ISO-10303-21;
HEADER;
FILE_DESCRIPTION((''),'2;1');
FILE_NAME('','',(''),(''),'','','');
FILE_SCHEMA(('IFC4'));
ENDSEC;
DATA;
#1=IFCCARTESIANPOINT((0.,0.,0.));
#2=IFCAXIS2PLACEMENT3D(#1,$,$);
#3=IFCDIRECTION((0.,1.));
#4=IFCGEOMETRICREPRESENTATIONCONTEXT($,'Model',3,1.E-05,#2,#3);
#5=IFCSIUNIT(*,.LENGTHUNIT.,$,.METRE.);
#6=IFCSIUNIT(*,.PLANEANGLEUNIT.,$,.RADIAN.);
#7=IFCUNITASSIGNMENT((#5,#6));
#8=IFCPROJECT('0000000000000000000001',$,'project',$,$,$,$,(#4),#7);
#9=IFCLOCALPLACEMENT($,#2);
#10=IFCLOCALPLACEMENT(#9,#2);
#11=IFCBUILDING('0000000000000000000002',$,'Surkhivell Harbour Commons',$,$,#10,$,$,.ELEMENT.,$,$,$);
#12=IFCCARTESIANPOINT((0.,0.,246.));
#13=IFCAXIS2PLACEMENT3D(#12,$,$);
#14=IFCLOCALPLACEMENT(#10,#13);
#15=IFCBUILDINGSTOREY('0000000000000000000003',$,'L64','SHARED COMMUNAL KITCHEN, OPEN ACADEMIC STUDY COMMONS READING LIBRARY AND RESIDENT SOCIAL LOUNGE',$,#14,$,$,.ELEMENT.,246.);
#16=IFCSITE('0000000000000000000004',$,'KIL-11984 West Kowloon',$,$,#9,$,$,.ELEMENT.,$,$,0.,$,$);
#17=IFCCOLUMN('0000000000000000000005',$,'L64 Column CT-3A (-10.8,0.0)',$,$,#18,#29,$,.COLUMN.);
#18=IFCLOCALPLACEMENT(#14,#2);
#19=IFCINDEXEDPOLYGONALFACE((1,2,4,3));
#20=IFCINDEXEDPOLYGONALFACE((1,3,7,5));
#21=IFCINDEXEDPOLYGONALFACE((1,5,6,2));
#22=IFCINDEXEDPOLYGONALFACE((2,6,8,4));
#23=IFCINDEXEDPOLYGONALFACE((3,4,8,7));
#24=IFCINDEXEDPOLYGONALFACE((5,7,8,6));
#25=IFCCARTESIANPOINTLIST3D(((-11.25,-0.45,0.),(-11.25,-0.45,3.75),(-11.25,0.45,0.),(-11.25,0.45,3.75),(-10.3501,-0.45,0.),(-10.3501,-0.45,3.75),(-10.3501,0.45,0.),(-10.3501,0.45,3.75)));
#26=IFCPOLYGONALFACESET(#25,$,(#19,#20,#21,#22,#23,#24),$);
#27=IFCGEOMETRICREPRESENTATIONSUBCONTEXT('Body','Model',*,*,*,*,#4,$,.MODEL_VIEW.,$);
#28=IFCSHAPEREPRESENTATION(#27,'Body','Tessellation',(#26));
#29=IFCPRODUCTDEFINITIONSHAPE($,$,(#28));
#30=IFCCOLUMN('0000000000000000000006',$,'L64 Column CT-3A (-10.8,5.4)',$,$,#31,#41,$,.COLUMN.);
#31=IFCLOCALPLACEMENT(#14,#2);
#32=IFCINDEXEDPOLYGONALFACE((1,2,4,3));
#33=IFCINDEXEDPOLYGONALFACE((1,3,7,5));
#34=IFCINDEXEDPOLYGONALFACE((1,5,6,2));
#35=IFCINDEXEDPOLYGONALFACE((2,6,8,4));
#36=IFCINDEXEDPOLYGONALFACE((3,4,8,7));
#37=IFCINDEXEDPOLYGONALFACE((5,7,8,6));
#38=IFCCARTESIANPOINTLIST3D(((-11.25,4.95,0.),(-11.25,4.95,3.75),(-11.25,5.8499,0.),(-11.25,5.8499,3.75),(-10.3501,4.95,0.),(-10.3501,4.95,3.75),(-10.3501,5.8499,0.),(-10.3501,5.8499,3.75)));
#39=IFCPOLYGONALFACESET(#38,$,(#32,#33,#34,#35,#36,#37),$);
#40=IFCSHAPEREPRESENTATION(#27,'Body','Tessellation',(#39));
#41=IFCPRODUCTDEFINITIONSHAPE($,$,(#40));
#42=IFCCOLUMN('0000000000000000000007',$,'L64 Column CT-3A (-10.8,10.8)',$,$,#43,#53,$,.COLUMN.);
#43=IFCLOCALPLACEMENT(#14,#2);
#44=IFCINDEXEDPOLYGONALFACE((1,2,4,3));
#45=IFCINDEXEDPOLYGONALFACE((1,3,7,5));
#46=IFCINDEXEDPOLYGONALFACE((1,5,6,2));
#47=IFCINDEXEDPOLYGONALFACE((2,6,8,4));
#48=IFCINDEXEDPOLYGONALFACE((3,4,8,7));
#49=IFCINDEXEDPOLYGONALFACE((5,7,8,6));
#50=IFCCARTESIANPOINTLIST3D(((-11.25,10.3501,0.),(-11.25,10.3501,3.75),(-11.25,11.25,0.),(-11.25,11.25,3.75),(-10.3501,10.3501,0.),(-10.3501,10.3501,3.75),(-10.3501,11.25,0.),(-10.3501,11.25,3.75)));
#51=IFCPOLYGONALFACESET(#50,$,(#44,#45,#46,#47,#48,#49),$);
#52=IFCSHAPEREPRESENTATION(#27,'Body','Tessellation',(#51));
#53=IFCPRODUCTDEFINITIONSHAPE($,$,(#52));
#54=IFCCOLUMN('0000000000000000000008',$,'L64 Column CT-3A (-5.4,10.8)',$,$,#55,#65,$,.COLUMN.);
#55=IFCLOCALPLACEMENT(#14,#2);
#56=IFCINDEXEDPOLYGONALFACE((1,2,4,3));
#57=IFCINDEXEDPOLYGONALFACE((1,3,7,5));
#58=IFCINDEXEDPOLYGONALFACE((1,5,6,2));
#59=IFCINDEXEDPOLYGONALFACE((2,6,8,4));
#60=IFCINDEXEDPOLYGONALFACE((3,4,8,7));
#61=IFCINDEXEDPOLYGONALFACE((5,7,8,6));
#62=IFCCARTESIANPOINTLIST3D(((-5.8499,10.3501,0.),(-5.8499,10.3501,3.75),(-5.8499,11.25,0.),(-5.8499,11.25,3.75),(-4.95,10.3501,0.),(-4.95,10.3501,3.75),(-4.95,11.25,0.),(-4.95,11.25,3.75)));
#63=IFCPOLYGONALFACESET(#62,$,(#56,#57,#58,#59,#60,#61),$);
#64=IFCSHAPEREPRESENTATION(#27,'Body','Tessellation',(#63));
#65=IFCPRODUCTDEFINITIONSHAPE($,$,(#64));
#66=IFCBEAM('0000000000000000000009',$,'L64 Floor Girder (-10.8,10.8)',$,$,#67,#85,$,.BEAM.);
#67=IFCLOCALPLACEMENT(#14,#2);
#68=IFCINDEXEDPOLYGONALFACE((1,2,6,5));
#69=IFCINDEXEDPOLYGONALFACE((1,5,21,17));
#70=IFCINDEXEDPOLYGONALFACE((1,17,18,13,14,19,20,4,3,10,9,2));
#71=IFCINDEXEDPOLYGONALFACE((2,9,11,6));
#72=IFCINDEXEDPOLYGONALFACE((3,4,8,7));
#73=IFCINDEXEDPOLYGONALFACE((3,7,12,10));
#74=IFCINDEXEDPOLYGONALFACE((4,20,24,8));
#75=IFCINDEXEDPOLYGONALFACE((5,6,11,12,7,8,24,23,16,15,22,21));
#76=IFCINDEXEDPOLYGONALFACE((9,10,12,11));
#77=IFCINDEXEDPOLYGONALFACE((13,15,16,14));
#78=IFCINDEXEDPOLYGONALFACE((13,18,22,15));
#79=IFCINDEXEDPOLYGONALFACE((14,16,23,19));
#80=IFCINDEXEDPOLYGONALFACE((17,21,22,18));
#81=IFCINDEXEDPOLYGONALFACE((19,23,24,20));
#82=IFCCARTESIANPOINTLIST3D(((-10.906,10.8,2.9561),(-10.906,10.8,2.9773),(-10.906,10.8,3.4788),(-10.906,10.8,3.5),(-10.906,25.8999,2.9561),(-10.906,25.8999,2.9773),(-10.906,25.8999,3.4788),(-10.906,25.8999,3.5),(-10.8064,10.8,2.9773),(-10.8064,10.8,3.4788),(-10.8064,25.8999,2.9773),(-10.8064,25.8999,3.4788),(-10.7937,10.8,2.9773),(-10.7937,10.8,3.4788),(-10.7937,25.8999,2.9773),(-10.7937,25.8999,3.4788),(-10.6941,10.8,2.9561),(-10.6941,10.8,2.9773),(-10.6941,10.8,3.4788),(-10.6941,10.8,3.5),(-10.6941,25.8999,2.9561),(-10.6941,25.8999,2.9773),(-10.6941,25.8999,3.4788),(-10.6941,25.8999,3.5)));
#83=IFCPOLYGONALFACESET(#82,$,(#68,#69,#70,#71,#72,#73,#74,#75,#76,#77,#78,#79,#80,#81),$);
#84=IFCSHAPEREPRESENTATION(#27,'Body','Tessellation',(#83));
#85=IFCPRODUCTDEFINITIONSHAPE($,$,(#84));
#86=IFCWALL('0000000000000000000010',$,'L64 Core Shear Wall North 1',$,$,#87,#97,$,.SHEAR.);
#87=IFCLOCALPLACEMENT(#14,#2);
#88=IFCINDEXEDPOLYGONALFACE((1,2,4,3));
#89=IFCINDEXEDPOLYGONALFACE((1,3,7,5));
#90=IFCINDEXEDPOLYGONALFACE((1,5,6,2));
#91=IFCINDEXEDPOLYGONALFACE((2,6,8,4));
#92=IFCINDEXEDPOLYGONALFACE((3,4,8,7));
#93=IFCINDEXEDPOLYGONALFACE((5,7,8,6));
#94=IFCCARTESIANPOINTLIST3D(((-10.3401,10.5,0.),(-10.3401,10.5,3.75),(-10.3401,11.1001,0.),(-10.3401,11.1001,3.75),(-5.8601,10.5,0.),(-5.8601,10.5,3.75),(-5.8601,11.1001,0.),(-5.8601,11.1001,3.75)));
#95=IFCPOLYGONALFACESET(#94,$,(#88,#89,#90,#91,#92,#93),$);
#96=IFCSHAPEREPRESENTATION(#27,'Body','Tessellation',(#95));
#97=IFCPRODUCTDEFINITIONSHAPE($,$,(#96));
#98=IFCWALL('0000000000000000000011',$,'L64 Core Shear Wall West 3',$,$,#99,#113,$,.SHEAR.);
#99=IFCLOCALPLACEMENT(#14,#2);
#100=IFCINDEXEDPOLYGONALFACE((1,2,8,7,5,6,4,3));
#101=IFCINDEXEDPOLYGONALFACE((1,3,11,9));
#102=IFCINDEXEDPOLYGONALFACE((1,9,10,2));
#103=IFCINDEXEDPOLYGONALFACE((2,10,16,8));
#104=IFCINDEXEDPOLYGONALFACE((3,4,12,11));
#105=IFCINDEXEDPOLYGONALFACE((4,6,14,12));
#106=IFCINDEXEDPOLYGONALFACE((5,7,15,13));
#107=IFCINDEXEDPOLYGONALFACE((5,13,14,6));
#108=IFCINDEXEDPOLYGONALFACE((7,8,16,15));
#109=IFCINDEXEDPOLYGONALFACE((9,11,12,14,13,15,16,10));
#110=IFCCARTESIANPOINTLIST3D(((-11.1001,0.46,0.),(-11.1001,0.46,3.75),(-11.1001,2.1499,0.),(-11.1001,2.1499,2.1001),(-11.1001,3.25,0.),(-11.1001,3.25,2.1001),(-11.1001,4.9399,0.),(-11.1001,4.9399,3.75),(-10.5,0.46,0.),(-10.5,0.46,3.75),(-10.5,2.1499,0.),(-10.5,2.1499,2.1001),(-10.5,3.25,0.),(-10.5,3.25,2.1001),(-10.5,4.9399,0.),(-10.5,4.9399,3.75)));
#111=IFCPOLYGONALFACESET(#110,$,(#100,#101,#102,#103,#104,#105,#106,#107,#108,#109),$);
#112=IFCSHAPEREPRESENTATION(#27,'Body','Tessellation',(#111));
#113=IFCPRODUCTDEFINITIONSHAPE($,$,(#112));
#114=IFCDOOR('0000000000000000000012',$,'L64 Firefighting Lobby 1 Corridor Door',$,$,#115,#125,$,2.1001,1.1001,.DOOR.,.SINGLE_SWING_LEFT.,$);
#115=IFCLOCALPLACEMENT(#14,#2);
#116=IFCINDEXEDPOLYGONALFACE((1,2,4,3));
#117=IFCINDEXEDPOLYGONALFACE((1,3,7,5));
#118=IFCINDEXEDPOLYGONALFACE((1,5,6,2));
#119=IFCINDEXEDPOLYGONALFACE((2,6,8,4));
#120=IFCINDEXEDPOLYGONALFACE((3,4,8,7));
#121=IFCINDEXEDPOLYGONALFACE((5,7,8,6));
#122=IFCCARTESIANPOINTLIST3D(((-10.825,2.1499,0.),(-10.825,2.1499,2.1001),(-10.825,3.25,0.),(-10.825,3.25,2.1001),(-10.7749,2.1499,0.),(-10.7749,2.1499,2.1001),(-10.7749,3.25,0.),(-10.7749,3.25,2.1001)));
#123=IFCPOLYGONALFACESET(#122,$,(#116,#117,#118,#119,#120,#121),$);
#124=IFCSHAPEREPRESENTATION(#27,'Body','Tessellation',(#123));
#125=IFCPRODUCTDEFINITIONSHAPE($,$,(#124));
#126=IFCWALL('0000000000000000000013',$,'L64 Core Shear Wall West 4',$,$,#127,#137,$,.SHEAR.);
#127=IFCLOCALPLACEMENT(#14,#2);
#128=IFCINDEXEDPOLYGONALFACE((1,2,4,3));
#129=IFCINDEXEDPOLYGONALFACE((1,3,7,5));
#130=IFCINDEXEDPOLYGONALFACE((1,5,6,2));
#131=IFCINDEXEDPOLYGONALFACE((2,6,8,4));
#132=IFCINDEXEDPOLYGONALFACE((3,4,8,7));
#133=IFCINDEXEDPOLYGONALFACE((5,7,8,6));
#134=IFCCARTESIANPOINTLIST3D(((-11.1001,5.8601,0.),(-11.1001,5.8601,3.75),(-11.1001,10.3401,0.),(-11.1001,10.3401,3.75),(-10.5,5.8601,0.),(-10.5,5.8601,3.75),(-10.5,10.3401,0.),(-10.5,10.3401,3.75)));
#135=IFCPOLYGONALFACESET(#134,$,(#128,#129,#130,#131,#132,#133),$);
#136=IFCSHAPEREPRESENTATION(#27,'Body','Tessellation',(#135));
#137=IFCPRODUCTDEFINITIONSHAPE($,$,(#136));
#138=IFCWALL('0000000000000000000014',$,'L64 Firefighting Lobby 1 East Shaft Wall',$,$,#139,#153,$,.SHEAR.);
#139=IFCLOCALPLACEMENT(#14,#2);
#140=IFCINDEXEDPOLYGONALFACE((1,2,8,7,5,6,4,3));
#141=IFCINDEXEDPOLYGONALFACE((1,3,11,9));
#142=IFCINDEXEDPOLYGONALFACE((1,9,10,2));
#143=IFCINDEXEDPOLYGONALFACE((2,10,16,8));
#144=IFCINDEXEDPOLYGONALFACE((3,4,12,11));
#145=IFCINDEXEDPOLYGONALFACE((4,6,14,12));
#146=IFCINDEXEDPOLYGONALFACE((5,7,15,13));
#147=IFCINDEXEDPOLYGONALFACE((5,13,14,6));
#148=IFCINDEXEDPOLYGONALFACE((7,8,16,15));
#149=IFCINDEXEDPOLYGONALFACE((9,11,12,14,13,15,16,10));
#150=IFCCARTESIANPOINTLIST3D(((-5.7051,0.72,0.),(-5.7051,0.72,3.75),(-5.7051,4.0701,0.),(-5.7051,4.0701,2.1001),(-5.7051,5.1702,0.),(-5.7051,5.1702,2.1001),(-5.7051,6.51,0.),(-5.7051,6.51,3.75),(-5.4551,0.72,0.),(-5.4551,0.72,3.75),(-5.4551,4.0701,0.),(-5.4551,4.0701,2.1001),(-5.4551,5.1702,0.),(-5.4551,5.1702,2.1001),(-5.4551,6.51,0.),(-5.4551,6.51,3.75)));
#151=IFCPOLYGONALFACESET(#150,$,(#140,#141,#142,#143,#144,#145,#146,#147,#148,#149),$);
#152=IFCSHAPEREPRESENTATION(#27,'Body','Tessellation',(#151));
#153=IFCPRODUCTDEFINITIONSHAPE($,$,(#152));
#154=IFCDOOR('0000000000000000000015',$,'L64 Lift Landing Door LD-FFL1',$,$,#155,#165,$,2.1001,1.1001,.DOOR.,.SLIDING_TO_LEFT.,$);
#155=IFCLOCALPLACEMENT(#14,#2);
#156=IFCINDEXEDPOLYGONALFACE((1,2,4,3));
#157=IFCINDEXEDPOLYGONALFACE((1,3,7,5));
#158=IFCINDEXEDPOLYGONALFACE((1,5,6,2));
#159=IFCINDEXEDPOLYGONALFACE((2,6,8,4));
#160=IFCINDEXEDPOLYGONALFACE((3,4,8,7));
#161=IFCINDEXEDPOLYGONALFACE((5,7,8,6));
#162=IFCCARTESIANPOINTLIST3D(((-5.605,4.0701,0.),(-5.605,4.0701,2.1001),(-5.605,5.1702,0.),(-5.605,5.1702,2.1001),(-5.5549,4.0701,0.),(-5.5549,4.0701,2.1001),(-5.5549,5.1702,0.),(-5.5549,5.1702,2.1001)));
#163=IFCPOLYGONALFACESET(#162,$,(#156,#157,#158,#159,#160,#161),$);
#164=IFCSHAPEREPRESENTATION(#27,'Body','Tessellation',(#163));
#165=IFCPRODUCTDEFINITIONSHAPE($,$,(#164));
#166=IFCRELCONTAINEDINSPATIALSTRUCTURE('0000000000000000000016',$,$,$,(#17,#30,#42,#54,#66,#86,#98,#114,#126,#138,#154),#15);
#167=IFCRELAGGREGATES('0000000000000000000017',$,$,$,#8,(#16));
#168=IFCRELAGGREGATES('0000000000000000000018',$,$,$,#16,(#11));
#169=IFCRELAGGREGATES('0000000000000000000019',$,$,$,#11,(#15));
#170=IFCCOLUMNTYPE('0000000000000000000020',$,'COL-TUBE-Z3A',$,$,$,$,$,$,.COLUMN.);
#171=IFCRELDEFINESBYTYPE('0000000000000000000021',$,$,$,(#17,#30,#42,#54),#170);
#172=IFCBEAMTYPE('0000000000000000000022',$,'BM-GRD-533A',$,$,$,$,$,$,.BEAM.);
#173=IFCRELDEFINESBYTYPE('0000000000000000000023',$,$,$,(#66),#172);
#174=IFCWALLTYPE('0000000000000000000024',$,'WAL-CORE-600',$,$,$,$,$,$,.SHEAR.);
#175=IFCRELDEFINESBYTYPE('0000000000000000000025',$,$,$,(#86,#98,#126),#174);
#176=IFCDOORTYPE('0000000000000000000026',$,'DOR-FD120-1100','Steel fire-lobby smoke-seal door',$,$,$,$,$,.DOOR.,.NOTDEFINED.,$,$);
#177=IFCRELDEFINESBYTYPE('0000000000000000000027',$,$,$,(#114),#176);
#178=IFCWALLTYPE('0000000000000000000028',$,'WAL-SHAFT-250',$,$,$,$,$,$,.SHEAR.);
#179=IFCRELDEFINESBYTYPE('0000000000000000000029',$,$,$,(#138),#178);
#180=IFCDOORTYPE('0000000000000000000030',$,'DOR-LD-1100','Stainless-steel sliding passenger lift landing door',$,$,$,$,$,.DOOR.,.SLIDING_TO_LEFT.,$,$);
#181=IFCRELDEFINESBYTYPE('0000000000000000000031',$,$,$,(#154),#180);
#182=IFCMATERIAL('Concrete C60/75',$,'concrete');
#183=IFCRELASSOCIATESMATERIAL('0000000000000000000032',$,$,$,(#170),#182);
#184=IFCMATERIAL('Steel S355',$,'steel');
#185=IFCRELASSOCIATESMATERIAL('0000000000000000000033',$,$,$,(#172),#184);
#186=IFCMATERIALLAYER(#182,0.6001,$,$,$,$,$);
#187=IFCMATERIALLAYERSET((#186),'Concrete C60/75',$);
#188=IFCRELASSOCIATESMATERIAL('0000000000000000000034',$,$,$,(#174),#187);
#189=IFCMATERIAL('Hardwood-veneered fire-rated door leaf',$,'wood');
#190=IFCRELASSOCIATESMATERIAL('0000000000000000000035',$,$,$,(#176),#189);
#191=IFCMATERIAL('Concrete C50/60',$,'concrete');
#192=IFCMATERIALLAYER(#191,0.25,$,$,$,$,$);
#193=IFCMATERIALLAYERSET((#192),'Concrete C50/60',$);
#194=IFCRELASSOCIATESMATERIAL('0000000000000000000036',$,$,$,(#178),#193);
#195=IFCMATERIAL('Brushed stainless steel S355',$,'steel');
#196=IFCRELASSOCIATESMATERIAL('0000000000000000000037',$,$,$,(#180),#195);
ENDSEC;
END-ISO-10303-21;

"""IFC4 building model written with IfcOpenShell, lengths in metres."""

from ifc_helpers import new_model, si_unit, direction, frame, frame_2d, origin, origin_2d, place, context, subcontext, project, spatial, rectangle, i_section, extrude, material, layer, layer_set, material_profile, profile_set, type_object, element, fill, save


model = new_model("IFC4")

# Units and contexts
model_context = context("Model", 3, precision=1e-05, world=origin(), true_north=direction((0.0, 1.0)))
body_context = subcontext(model_context, "Body", "Model", "MODEL_VIEW")
ifc_project = project(units=[si_unit("LENGTHUNIT", "METRE"), si_unit("PLANEANGLEUNIT", "RADIAN")], contexts=[model_context])

# Site, building, storey
site_placement = place(None, origin())
site = spatial("IfcSite", under=ifc_project, at=site_placement, Name="KIL-11984 West Kowloon", CompositionType="ELEMENT", RefElevation=0.0)
building_placement = place(site_placement, origin())
building = spatial("IfcBuilding", under=site, at=building_placement, Name="Surkhivell Harbour Commons", CompositionType="ELEMENT")
storey_placement = place(building_placement, frame((0.0, 0.0, 246.0)))
storey = spatial("IfcBuildingStorey", under=building, at=storey_placement, Name="L64", Description="SHARED COMMUNAL KITCHEN, OPEN ACADEMIC STUDY COMMONS READING LIBRARY AND RESIDENT SOCIAL LOUNGE", CompositionType="ELEMENT", Elevation=246.0)

# Columns
ifc_material_1 = material(Name="Concrete C60/75", Category="concrete")
ifc_material_profile_1 = material_profile(ifc_material_1, rectangle(XDim=0.8999, YDim=0.8999, at=origin_2d()), Name="RC-COL-900x900")
ifc_profile_set_1 = profile_set([ifc_material_profile_1], Name="Concrete C60/75")
column_type = type_object("IfcColumnType", Name="COL-TUBE-Z3A", PredefinedType="COLUMN", material=ifc_profile_set_1)
for number, where, z_axis, x_axis, name in (
    (1, (-10.8, 0.0, 0.0), (0.0, 0.0, 1.0), (1.0, 0.0, 0.0), "L64 Column CT-3A (-10.8,0.0)"),
    (2, (-10.8, 5.3999, 0.0), (0.0, 0.0, 1.0), (1.0, 0.0, 0.0), "L64 Column CT-3A (-10.8,5.4)"),
    (3, (-10.8, 10.8, 0.0), (0.0, 0.0, 1.0), (1.0, 0.0, 0.0), "L64 Column CT-3A (-10.8,10.8)"),
    (4, (-5.3999, 10.8, 0.0), (0.0, 0.0, 1.0), (1.0, 0.0, 0.0), "L64 Column CT-3A (-5.4,10.8)"),
):
    element("IfcColumn", number, at=place(storey_placement, frame(where, z_axis=z_axis, x_axis=x_axis)), inside=storey, type_object=column_type, Name=name, PredefinedType="COLUMN", context=body_context, shape_type="SweptSolid", body=[
        extrude(rectangle(XDim=0.8999, YDim=0.8999, at=origin_2d()), origin(), (0.0, 0.0, 1.0), 3.75),
    ])

# Beam
ifc_material_2 = material(Name="Steel S355", Category="steel")
ifc_material_profile_2 = material_profile(ifc_material_2, i_section(OverallWidth=0.2119, OverallDepth=0.5439, WebThickness=0.0127, FlangeThickness=0.0212, at=origin_2d()), Name="UB533x210x122")
ifc_profile_set_2 = profile_set([ifc_material_profile_2], Name="Steel S355")
beam_type = type_object("IfcBeamType", Name="BM-GRD-533A", PredefinedType="BEAM", material=ifc_profile_set_2)
beam_placement = place(storey_placement, frame((-10.8, 10.8, 3.228), z_axis=(0.0, 1.0, 0.0), x_axis=(-1.0, 0.0, 0.0)))
element("IfcBeam", 5, at=beam_placement, inside=storey, type_object=beam_type, Name="L64 Floor Girder (-10.8,10.8)", PredefinedType="BEAM", context=body_context, shape_type="SweptSolid", body=[
    extrude(i_section(OverallWidth=0.2119, OverallDepth=0.5439, WebThickness=0.0127, FlangeThickness=0.0212, at=origin_2d()), origin(), (0.0, 0.0, 1.0), 15.0999),
])

# Wall
ifc_layer_1 = layer(ifc_material_1, 0.6001)
ifc_layer_set_1 = layer_set([ifc_layer_1], Name="Concrete C60/75")
wall_type_1 = type_object("IfcWallType", Name="WAL-CORE-600", PredefinedType="SHEAR", material=ifc_layer_set_1)
wall_1_placement = place(storey_placement, frame((-10.3401, 10.8, 0.0), z_axis=(0.0, 0.0, 1.0), x_axis=(1.0, 0.0, 0.0)))
element("IfcWall", 6, at=wall_1_placement, inside=storey, type_object=wall_type_1, Name="L64 Core Shear Wall North 1", PredefinedType="SHEAR", context=body_context, shape_type="SweptSolid", body=[
    extrude(rectangle(XDim=4.48, YDim=0.6001, at=frame_2d((2.24, 0.0))), origin(), (0.0, 0.0, 1.0), 3.75),
])

# Wall, opening, door
wall_2_placement = place(storey_placement, frame((-10.8, 0.46, 0.0), z_axis=(0.0, 0.0, 1.0), x_axis=(0.0, 1.0, 0.0)))
wall_2 = element("IfcWall", 7, at=wall_2_placement, inside=storey, type_object=wall_type_1, Name="L64 Core Shear Wall West 3", PredefinedType="SHEAR", context=body_context, shape_type="SweptSolid", body=[
    extrude(rectangle(XDim=4.48, YDim=0.6001, at=frame_2d((2.24, 0.0))), origin(), (0.0, 0.0, 1.0), 3.75),
])
opening_1_placement = place(wall_2_placement, frame((1.6899, 0.0, 0.0)))
opening_1 = element("IfcOpeningElement", 8, at=opening_1_placement, cuts=wall_2, PredefinedType="OPENING", context=body_context, shape_type="SweptSolid", body=[
    extrude(rectangle(XDim=1.1001, YDim=2.1001, at=frame_2d((0.55, 1.05))), frame((0.0, 0.3101, 0.0), z_axis=(0.0, -1.0, 0.0), x_axis=(1.0, 0.0, 0.0)), (0.0, 0.0, 1.0), 0.6201),
])
ifc_material_3 = material(Name="Hardwood-veneered fire-rated door leaf", Category="wood")
door_type_1 = type_object("IfcDoorType", Name="DOR-FD120-1100", Description="Steel fire-lobby smoke-seal door", OperationType="NOTDEFINED", PredefinedType="DOOR", material=ifc_material_3)
door_1_placement = place(opening_1_placement, origin())
door_1 = element("IfcDoor", 9, at=door_1_placement, inside=storey, type_object=door_type_1, Name="L64 Firefighting Lobby 1 Corridor Door", OperationType="SINGLE_SWING_LEFT", OverallHeight=2.1001, OverallWidth=1.1001, PredefinedType="DOOR", context=body_context, shape_type="SweptSolid", body=[
    extrude(rectangle(XDim=1.1001, YDim=2.1001, at=frame_2d((0.55, 1.05))), frame((0.0, 0.0249, 0.0), z_axis=(0.0, -1.0, 0.0), x_axis=(1.0, 0.0, 0.0)), (0.0, 0.0, 1.0), 0.05),
])
fill(opening_1, door_1)

# Wall
wall_3_placement = place(storey_placement, frame((-10.8, 5.8601, 0.0), z_axis=(0.0, 0.0, 1.0), x_axis=(0.0, 1.0, 0.0)))
element("IfcWall", 10, at=wall_3_placement, inside=storey, type_object=wall_type_1, Name="L64 Core Shear Wall West 4", PredefinedType="SHEAR", context=body_context, shape_type="SweptSolid", body=[
    extrude(rectangle(XDim=4.48, YDim=0.6001, at=frame_2d((2.24, 0.0))), origin(), (0.0, 0.0, 1.0), 3.75),
])

# Wall, opening, door
ifc_material_4 = material(Name="Concrete C50/60", Category="concrete")
ifc_layer_2 = layer(ifc_material_4, 0.25)
ifc_layer_set_2 = layer_set([ifc_layer_2], Name="Concrete C50/60")
wall_type_2 = type_object("IfcWallType", Name="WAL-SHAFT-250", PredefinedType="SHEAR", material=ifc_layer_set_2)
wall_4_placement = place(storey_placement, frame((-5.5801, 0.72, 0.0), z_axis=(0.0, 0.0, 1.0), x_axis=(0.0, 1.0, 0.0)))
wall_4 = element("IfcWall", 11, at=wall_4_placement, inside=storey, type_object=wall_type_2, Name="L64 Firefighting Lobby 1 East Shaft Wall", PredefinedType="SHEAR", context=body_context, shape_type="SweptSolid", body=[
    extrude(rectangle(XDim=5.79, YDim=0.25, at=frame_2d((2.895, 0.0))), origin(), (0.0, 0.0, 1.0), 3.75),
])
opening_2_placement = place(wall_4_placement, frame((3.3501, 0.0, 0.0)))
opening_2 = element("IfcOpeningElement", 12, at=opening_2_placement, cuts=wall_4, PredefinedType="OPENING", context=body_context, shape_type="SweptSolid", body=[
    extrude(rectangle(XDim=1.1001, YDim=2.1001, at=frame_2d((0.55, 1.05))), frame((0.0, 0.135, 0.0), z_axis=(0.0, -1.0, 0.0), x_axis=(1.0, 0.0, 0.0)), (0.0, 0.0, 1.0), 0.27),
])
ifc_material_5 = material(Name="Brushed stainless steel S355", Category="steel")
door_type_2 = type_object("IfcDoorType", Name="DOR-LD-1100", Description="Stainless-steel sliding passenger lift landing door", OperationType="SLIDING_TO_LEFT", PredefinedType="DOOR", material=ifc_material_5)
door_2_placement = place(opening_2_placement, origin())
door_2 = element("IfcDoor", 13, at=door_2_placement, inside=storey, type_object=door_type_2, Name="L64 Lift Landing Door LD-FFL1", OperationType="SLIDING_TO_LEFT", OverallHeight=2.1001, OverallWidth=1.1001, PredefinedType="DOOR", context=body_context, shape_type="SweptSolid", body=[
    extrude(rectangle(XDim=1.1001, YDim=2.1001, at=frame_2d((0.55, 1.05))), frame((0.0, 0.0249, 0.0), z_axis=(0.0, -1.0, 0.0), x_axis=(1.0, 0.0, 0.0)), (0.0, 0.0, 1.0), 0.05),
])
fill(opening_2, door_2)

save(model, "model.ifc")
